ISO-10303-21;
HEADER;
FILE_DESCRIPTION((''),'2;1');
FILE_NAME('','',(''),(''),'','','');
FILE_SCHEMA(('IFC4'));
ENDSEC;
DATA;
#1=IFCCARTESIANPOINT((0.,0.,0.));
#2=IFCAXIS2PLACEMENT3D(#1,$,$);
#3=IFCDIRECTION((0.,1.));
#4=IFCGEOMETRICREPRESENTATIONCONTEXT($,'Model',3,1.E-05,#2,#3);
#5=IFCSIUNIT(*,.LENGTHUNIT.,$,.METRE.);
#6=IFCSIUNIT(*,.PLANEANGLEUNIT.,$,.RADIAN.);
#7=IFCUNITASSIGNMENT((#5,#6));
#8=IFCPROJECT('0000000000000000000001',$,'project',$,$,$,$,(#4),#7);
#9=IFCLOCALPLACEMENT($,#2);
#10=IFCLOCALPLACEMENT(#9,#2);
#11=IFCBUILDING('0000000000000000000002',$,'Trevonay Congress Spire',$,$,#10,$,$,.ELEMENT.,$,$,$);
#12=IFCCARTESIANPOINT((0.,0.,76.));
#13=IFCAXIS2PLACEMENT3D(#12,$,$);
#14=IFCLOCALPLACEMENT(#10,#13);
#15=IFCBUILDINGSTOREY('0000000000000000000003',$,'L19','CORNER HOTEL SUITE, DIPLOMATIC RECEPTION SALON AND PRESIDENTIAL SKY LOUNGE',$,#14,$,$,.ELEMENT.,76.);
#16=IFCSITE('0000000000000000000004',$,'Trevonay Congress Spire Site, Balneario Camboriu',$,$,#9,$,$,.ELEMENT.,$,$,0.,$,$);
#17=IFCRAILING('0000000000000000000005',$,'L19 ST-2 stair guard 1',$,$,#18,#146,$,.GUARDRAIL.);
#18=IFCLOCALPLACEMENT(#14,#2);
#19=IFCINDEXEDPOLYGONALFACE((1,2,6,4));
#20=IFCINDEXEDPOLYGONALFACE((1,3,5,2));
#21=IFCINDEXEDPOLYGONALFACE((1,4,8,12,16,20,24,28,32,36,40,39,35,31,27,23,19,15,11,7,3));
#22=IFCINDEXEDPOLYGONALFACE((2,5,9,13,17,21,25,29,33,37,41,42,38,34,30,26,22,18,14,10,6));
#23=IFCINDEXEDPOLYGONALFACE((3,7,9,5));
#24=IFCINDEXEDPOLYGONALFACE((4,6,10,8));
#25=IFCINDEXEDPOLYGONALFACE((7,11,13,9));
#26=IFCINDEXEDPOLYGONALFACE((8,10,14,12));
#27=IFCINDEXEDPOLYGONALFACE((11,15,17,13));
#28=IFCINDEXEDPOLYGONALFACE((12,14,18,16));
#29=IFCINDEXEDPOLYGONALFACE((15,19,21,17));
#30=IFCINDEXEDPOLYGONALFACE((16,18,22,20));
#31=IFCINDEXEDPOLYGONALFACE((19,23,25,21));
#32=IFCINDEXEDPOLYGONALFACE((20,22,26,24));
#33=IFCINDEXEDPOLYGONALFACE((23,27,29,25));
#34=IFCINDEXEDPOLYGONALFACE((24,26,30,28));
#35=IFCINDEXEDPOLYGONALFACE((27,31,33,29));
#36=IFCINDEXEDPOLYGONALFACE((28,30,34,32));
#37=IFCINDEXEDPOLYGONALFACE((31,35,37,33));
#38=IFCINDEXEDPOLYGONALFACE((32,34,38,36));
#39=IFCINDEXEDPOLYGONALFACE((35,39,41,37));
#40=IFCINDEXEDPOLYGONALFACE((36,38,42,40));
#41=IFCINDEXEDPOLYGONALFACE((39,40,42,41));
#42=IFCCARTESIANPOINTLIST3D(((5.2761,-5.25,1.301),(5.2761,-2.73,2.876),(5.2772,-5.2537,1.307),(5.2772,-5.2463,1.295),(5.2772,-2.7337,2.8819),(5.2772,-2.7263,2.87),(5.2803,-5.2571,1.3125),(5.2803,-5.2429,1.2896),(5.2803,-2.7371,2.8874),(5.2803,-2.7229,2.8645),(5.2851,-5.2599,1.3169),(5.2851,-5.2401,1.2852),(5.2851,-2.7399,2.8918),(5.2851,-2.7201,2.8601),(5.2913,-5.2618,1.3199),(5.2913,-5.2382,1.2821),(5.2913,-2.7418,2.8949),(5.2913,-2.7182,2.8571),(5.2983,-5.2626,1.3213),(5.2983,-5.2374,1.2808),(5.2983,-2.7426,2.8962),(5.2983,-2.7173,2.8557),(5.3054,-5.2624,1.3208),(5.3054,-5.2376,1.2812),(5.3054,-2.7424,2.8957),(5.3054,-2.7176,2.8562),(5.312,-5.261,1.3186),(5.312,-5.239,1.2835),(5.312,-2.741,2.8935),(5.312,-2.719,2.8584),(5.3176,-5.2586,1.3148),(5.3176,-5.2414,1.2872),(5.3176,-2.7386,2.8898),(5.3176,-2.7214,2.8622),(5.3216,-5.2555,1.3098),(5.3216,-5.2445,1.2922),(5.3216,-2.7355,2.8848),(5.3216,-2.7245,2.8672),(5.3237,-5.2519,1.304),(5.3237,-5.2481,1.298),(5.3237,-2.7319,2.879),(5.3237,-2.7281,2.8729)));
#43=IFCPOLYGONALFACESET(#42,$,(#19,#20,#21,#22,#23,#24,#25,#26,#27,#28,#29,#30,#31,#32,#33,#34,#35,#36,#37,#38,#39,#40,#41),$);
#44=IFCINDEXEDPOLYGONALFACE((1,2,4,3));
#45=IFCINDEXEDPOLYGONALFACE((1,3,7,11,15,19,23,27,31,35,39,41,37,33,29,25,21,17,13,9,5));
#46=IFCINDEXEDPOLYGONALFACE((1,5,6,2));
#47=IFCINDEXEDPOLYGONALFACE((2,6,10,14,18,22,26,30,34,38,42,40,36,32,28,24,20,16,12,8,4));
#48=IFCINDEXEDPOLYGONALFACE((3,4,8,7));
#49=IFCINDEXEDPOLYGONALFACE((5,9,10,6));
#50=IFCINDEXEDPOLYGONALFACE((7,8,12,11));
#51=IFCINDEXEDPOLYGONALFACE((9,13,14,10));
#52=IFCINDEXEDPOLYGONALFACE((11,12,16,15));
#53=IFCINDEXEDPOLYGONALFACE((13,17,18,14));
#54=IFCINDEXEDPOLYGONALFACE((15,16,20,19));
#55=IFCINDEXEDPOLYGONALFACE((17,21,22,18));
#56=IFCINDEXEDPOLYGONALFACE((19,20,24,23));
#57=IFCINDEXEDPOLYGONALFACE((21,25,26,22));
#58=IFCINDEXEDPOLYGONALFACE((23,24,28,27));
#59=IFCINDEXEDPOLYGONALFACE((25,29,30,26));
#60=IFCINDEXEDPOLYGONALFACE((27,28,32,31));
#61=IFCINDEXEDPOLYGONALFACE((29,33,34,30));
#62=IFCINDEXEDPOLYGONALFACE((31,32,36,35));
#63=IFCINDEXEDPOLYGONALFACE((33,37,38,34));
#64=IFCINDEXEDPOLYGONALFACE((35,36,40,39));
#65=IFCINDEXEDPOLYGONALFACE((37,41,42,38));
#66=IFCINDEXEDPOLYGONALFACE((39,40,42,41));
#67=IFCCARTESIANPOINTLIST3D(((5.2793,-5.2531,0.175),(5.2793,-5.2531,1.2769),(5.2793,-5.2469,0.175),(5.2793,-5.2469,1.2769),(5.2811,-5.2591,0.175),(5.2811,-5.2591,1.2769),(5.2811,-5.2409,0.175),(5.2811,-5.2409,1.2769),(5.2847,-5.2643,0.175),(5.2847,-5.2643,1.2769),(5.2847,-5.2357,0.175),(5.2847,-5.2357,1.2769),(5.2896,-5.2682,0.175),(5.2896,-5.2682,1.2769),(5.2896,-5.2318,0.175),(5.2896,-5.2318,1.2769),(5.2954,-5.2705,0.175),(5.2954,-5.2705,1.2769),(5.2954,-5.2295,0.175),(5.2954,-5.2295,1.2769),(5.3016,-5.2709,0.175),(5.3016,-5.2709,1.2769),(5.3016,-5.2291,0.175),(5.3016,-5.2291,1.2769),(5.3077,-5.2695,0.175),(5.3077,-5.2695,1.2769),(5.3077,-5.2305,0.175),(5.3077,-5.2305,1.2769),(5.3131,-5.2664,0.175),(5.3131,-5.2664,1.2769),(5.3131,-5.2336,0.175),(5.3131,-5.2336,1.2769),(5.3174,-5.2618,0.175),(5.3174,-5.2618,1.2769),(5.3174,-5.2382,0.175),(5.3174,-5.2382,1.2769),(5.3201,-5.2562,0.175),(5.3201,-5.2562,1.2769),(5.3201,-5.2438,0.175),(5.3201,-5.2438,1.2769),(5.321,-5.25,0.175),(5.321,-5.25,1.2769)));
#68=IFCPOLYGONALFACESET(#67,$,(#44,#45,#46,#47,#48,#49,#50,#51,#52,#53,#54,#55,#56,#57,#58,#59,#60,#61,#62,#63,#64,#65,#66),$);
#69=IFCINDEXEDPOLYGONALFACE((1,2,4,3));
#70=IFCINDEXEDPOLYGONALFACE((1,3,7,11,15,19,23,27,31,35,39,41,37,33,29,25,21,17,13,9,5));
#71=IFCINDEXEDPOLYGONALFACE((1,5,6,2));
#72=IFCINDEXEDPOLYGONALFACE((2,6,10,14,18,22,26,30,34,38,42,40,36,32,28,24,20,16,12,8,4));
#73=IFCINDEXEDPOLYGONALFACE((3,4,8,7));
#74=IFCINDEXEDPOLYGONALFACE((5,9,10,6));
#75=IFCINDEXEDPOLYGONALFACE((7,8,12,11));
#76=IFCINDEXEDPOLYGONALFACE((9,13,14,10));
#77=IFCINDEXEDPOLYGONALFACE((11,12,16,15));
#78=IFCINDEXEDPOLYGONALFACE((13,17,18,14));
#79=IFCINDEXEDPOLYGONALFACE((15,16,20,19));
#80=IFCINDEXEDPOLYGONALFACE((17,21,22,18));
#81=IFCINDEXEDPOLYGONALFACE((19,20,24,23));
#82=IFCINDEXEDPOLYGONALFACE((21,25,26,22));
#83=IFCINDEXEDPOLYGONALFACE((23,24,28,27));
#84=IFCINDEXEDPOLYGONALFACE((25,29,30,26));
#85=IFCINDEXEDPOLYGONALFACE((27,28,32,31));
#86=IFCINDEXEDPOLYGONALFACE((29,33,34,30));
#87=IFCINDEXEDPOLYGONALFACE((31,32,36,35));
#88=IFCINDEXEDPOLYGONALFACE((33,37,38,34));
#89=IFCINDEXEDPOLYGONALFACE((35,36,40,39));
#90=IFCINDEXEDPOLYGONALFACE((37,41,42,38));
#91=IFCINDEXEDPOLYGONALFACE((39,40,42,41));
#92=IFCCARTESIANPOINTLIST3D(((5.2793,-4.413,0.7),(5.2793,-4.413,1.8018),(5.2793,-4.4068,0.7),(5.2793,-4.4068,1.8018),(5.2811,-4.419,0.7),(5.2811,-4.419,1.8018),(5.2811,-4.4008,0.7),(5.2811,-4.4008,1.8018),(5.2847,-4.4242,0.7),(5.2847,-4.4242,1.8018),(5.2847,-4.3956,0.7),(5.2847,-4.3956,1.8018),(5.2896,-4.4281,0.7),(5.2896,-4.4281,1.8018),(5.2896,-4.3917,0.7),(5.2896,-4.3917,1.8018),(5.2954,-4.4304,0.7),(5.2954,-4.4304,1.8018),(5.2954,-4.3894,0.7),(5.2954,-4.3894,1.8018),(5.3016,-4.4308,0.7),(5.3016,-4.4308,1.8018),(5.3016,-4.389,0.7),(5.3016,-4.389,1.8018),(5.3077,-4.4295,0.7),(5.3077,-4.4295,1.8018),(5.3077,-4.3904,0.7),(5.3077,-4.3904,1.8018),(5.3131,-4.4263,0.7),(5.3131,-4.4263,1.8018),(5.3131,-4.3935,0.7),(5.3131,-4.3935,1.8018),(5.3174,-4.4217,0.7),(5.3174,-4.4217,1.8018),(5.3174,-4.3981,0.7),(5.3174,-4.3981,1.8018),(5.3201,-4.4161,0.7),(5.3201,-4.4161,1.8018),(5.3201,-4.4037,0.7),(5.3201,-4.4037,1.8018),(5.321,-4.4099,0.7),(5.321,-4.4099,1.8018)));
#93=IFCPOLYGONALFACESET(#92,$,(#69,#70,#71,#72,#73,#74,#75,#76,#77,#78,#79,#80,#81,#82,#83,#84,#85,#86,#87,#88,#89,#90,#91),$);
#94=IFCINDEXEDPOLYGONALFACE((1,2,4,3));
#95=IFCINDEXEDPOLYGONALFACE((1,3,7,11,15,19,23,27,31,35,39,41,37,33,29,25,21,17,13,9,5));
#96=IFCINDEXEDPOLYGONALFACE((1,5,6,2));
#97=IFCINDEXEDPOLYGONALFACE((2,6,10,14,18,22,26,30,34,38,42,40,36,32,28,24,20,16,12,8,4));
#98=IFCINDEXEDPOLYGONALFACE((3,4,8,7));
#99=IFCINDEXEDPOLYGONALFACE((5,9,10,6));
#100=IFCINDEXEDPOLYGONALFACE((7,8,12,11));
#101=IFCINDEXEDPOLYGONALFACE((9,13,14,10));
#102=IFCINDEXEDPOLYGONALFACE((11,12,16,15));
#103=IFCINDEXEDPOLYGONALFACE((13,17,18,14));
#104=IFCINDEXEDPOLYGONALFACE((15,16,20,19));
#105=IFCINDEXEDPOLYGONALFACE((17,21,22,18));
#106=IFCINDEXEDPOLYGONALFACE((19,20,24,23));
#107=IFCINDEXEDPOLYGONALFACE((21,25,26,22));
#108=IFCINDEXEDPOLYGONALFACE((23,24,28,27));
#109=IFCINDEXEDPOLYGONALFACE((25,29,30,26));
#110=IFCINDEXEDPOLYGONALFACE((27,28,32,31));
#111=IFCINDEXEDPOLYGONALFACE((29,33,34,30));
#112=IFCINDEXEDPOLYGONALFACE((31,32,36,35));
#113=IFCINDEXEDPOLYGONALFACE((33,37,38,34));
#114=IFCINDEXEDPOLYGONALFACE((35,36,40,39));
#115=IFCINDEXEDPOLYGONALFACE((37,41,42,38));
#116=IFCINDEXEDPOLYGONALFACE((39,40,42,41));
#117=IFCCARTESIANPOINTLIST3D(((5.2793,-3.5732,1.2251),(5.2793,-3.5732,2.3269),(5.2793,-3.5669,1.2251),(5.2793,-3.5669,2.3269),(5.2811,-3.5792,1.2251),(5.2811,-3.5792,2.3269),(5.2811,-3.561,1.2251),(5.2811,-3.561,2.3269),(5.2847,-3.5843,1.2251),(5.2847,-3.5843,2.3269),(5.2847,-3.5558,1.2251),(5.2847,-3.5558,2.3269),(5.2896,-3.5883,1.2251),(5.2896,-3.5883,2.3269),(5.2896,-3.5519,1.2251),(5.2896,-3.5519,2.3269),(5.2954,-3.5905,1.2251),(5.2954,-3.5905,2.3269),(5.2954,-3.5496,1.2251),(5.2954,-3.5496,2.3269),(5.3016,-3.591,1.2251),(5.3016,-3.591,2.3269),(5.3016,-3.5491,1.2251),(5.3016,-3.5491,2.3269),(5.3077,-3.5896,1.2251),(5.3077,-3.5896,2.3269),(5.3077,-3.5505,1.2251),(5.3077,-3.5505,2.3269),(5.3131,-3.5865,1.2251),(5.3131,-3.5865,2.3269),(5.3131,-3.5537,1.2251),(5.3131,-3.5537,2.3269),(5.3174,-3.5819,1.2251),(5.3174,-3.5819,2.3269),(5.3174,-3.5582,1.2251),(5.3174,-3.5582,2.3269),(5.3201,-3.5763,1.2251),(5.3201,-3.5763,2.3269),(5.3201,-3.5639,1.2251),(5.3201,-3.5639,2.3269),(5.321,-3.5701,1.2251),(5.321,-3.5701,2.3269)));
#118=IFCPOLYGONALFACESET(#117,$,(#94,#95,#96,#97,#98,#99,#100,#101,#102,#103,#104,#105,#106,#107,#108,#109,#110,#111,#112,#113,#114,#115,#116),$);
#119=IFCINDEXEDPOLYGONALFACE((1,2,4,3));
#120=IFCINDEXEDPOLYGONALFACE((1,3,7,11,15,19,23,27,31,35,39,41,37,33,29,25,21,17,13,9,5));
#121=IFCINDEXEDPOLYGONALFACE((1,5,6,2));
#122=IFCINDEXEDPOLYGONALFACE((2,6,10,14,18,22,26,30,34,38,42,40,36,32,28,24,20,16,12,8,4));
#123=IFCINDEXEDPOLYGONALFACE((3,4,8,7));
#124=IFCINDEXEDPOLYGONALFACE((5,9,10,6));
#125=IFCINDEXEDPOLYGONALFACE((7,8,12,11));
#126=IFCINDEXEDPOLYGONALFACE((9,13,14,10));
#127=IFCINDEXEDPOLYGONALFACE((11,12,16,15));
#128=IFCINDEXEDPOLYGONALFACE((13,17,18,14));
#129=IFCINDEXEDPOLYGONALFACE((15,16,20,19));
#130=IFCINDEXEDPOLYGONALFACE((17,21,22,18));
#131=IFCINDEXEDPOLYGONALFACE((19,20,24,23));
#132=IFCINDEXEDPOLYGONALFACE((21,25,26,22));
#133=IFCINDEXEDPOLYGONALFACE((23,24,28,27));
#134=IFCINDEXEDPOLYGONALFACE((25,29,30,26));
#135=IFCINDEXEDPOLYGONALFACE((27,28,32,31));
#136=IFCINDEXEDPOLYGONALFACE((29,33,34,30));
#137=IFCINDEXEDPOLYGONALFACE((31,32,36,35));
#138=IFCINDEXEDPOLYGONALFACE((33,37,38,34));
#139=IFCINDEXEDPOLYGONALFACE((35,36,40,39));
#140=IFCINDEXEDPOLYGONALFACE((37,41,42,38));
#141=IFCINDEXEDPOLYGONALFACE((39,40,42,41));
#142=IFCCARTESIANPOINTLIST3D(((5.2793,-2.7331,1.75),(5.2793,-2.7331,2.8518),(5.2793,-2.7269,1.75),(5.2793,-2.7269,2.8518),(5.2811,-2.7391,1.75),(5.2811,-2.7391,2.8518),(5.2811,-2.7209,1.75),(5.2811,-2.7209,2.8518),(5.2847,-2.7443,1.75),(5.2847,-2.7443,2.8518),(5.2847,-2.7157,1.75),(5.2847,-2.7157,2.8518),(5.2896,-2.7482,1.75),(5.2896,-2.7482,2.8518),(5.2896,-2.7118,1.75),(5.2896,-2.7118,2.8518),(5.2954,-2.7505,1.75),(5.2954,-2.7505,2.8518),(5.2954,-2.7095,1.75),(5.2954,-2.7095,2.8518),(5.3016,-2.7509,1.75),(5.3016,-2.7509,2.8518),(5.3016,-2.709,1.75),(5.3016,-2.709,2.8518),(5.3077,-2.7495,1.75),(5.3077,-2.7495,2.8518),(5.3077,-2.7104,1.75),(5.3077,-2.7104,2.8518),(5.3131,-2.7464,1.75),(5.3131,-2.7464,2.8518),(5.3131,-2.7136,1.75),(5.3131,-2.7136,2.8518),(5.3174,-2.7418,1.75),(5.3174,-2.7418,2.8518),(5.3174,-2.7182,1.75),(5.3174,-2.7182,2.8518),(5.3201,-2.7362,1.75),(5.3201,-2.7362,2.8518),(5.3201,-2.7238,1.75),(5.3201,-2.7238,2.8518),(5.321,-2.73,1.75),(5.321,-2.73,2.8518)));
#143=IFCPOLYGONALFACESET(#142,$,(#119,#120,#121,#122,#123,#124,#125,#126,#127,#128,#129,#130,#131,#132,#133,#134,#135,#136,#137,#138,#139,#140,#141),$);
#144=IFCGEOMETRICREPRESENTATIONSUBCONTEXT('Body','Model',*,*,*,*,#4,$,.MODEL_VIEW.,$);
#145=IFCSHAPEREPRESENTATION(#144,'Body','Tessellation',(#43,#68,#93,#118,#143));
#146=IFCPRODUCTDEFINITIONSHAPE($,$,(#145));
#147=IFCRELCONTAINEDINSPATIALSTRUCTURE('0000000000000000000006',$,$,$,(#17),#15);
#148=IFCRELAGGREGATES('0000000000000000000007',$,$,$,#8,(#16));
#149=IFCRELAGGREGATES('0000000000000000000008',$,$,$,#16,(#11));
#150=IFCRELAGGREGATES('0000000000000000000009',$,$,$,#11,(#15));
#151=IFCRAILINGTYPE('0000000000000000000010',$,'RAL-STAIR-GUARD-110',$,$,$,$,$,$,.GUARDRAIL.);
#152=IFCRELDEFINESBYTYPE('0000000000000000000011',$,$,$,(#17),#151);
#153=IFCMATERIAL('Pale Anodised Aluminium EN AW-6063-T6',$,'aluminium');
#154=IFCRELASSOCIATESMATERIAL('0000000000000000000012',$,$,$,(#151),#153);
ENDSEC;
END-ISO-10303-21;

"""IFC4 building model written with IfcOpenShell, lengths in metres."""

from ifc_helpers import new_model, si_unit, direction, frame, origin, origin_2d, place, context, subcontext, project, spatial, circle, extrude, material, type_object, element, save


model = new_model("IFC4")

# Units and contexts
model_context = context("Model", 3, precision=1e-05, world=origin(), true_north=direction((0.0, 1.0)))
body_context = subcontext(model_context, "Body", "Model", "MODEL_VIEW")
ifc_project = project(units=[si_unit("LENGTHUNIT", "METRE"), si_unit("PLANEANGLEUNIT", "RADIAN")], contexts=[model_context])

# Site, building, storey
site_placement = place(None, origin())
site = spatial("IfcSite", under=ifc_project, at=site_placement, Name="Trevonay Congress Spire Site, Balneario Camboriu", CompositionType="ELEMENT", RefElevation=0.0)
building_placement = place(site_placement, origin())
building = spatial("IfcBuilding", under=site, at=building_placement, Name="Trevonay Congress Spire", CompositionType="ELEMENT")
storey_placement = place(building_placement, frame((0.0, 0.0, 76.0)))
storey = spatial("IfcBuildingStorey", under=building, at=storey_placement, Name="L19", Description="CORNER HOTEL SUITE, DIPLOMATIC RECEPTION SALON AND PRESIDENTIAL SKY LOUNGE", CompositionType="ELEMENT", Elevation=76.0)

# Shared definitions
ifc_material_1 = material(Name="Pale Anodised Aluminium EN AW-6063-T6", Category="aluminium")

# Railing
railing_type = type_object("IfcRailingType", Name="RAL-STAIR-GUARD-110", PredefinedType="GUARDRAIL", material=ifc_material_1)
railing_1_placement = place(storey_placement, frame((5.3, -5.25, 0.175)))
element("IfcRailing", 1, at=railing_1_placement, inside=storey, type_object=railing_type, Name="L19 ST-2 stair guard 1", PredefinedType="GUARDRAIL", context=body_context, shape_type="SweptSolid", body=[
    extrude(circle(Radius=0.0239, at=origin_2d()), frame((0.0, 0.0, 1.126), z_axis=(0.0, 0.848008, 0.529984), x_axis=(-1.0, 0.0, 0.0)), (0.0, 0.0, 1.0), 2.9717),
    extrude(circle(Radius=0.021, at=origin_2d()), origin(), (0.0, 0.0, 1.0), 1.1018),
    extrude(circle(Radius=0.021, at=origin_2d()), frame((0.0, 0.8401, 0.5249)), (0.0, 0.0, 1.0), 1.1018),
    extrude(circle(Radius=0.021, at=origin_2d()), frame((0.0, 1.6799, 1.05)), (0.0, 0.0, 1.0), 1.1018),
    extrude(circle(Radius=0.021, at=origin_2d()), frame((0.0, 2.52, 1.575)), (0.0, 0.0, 1.0), 1.1018),
])

save(model, "model.ifc")
